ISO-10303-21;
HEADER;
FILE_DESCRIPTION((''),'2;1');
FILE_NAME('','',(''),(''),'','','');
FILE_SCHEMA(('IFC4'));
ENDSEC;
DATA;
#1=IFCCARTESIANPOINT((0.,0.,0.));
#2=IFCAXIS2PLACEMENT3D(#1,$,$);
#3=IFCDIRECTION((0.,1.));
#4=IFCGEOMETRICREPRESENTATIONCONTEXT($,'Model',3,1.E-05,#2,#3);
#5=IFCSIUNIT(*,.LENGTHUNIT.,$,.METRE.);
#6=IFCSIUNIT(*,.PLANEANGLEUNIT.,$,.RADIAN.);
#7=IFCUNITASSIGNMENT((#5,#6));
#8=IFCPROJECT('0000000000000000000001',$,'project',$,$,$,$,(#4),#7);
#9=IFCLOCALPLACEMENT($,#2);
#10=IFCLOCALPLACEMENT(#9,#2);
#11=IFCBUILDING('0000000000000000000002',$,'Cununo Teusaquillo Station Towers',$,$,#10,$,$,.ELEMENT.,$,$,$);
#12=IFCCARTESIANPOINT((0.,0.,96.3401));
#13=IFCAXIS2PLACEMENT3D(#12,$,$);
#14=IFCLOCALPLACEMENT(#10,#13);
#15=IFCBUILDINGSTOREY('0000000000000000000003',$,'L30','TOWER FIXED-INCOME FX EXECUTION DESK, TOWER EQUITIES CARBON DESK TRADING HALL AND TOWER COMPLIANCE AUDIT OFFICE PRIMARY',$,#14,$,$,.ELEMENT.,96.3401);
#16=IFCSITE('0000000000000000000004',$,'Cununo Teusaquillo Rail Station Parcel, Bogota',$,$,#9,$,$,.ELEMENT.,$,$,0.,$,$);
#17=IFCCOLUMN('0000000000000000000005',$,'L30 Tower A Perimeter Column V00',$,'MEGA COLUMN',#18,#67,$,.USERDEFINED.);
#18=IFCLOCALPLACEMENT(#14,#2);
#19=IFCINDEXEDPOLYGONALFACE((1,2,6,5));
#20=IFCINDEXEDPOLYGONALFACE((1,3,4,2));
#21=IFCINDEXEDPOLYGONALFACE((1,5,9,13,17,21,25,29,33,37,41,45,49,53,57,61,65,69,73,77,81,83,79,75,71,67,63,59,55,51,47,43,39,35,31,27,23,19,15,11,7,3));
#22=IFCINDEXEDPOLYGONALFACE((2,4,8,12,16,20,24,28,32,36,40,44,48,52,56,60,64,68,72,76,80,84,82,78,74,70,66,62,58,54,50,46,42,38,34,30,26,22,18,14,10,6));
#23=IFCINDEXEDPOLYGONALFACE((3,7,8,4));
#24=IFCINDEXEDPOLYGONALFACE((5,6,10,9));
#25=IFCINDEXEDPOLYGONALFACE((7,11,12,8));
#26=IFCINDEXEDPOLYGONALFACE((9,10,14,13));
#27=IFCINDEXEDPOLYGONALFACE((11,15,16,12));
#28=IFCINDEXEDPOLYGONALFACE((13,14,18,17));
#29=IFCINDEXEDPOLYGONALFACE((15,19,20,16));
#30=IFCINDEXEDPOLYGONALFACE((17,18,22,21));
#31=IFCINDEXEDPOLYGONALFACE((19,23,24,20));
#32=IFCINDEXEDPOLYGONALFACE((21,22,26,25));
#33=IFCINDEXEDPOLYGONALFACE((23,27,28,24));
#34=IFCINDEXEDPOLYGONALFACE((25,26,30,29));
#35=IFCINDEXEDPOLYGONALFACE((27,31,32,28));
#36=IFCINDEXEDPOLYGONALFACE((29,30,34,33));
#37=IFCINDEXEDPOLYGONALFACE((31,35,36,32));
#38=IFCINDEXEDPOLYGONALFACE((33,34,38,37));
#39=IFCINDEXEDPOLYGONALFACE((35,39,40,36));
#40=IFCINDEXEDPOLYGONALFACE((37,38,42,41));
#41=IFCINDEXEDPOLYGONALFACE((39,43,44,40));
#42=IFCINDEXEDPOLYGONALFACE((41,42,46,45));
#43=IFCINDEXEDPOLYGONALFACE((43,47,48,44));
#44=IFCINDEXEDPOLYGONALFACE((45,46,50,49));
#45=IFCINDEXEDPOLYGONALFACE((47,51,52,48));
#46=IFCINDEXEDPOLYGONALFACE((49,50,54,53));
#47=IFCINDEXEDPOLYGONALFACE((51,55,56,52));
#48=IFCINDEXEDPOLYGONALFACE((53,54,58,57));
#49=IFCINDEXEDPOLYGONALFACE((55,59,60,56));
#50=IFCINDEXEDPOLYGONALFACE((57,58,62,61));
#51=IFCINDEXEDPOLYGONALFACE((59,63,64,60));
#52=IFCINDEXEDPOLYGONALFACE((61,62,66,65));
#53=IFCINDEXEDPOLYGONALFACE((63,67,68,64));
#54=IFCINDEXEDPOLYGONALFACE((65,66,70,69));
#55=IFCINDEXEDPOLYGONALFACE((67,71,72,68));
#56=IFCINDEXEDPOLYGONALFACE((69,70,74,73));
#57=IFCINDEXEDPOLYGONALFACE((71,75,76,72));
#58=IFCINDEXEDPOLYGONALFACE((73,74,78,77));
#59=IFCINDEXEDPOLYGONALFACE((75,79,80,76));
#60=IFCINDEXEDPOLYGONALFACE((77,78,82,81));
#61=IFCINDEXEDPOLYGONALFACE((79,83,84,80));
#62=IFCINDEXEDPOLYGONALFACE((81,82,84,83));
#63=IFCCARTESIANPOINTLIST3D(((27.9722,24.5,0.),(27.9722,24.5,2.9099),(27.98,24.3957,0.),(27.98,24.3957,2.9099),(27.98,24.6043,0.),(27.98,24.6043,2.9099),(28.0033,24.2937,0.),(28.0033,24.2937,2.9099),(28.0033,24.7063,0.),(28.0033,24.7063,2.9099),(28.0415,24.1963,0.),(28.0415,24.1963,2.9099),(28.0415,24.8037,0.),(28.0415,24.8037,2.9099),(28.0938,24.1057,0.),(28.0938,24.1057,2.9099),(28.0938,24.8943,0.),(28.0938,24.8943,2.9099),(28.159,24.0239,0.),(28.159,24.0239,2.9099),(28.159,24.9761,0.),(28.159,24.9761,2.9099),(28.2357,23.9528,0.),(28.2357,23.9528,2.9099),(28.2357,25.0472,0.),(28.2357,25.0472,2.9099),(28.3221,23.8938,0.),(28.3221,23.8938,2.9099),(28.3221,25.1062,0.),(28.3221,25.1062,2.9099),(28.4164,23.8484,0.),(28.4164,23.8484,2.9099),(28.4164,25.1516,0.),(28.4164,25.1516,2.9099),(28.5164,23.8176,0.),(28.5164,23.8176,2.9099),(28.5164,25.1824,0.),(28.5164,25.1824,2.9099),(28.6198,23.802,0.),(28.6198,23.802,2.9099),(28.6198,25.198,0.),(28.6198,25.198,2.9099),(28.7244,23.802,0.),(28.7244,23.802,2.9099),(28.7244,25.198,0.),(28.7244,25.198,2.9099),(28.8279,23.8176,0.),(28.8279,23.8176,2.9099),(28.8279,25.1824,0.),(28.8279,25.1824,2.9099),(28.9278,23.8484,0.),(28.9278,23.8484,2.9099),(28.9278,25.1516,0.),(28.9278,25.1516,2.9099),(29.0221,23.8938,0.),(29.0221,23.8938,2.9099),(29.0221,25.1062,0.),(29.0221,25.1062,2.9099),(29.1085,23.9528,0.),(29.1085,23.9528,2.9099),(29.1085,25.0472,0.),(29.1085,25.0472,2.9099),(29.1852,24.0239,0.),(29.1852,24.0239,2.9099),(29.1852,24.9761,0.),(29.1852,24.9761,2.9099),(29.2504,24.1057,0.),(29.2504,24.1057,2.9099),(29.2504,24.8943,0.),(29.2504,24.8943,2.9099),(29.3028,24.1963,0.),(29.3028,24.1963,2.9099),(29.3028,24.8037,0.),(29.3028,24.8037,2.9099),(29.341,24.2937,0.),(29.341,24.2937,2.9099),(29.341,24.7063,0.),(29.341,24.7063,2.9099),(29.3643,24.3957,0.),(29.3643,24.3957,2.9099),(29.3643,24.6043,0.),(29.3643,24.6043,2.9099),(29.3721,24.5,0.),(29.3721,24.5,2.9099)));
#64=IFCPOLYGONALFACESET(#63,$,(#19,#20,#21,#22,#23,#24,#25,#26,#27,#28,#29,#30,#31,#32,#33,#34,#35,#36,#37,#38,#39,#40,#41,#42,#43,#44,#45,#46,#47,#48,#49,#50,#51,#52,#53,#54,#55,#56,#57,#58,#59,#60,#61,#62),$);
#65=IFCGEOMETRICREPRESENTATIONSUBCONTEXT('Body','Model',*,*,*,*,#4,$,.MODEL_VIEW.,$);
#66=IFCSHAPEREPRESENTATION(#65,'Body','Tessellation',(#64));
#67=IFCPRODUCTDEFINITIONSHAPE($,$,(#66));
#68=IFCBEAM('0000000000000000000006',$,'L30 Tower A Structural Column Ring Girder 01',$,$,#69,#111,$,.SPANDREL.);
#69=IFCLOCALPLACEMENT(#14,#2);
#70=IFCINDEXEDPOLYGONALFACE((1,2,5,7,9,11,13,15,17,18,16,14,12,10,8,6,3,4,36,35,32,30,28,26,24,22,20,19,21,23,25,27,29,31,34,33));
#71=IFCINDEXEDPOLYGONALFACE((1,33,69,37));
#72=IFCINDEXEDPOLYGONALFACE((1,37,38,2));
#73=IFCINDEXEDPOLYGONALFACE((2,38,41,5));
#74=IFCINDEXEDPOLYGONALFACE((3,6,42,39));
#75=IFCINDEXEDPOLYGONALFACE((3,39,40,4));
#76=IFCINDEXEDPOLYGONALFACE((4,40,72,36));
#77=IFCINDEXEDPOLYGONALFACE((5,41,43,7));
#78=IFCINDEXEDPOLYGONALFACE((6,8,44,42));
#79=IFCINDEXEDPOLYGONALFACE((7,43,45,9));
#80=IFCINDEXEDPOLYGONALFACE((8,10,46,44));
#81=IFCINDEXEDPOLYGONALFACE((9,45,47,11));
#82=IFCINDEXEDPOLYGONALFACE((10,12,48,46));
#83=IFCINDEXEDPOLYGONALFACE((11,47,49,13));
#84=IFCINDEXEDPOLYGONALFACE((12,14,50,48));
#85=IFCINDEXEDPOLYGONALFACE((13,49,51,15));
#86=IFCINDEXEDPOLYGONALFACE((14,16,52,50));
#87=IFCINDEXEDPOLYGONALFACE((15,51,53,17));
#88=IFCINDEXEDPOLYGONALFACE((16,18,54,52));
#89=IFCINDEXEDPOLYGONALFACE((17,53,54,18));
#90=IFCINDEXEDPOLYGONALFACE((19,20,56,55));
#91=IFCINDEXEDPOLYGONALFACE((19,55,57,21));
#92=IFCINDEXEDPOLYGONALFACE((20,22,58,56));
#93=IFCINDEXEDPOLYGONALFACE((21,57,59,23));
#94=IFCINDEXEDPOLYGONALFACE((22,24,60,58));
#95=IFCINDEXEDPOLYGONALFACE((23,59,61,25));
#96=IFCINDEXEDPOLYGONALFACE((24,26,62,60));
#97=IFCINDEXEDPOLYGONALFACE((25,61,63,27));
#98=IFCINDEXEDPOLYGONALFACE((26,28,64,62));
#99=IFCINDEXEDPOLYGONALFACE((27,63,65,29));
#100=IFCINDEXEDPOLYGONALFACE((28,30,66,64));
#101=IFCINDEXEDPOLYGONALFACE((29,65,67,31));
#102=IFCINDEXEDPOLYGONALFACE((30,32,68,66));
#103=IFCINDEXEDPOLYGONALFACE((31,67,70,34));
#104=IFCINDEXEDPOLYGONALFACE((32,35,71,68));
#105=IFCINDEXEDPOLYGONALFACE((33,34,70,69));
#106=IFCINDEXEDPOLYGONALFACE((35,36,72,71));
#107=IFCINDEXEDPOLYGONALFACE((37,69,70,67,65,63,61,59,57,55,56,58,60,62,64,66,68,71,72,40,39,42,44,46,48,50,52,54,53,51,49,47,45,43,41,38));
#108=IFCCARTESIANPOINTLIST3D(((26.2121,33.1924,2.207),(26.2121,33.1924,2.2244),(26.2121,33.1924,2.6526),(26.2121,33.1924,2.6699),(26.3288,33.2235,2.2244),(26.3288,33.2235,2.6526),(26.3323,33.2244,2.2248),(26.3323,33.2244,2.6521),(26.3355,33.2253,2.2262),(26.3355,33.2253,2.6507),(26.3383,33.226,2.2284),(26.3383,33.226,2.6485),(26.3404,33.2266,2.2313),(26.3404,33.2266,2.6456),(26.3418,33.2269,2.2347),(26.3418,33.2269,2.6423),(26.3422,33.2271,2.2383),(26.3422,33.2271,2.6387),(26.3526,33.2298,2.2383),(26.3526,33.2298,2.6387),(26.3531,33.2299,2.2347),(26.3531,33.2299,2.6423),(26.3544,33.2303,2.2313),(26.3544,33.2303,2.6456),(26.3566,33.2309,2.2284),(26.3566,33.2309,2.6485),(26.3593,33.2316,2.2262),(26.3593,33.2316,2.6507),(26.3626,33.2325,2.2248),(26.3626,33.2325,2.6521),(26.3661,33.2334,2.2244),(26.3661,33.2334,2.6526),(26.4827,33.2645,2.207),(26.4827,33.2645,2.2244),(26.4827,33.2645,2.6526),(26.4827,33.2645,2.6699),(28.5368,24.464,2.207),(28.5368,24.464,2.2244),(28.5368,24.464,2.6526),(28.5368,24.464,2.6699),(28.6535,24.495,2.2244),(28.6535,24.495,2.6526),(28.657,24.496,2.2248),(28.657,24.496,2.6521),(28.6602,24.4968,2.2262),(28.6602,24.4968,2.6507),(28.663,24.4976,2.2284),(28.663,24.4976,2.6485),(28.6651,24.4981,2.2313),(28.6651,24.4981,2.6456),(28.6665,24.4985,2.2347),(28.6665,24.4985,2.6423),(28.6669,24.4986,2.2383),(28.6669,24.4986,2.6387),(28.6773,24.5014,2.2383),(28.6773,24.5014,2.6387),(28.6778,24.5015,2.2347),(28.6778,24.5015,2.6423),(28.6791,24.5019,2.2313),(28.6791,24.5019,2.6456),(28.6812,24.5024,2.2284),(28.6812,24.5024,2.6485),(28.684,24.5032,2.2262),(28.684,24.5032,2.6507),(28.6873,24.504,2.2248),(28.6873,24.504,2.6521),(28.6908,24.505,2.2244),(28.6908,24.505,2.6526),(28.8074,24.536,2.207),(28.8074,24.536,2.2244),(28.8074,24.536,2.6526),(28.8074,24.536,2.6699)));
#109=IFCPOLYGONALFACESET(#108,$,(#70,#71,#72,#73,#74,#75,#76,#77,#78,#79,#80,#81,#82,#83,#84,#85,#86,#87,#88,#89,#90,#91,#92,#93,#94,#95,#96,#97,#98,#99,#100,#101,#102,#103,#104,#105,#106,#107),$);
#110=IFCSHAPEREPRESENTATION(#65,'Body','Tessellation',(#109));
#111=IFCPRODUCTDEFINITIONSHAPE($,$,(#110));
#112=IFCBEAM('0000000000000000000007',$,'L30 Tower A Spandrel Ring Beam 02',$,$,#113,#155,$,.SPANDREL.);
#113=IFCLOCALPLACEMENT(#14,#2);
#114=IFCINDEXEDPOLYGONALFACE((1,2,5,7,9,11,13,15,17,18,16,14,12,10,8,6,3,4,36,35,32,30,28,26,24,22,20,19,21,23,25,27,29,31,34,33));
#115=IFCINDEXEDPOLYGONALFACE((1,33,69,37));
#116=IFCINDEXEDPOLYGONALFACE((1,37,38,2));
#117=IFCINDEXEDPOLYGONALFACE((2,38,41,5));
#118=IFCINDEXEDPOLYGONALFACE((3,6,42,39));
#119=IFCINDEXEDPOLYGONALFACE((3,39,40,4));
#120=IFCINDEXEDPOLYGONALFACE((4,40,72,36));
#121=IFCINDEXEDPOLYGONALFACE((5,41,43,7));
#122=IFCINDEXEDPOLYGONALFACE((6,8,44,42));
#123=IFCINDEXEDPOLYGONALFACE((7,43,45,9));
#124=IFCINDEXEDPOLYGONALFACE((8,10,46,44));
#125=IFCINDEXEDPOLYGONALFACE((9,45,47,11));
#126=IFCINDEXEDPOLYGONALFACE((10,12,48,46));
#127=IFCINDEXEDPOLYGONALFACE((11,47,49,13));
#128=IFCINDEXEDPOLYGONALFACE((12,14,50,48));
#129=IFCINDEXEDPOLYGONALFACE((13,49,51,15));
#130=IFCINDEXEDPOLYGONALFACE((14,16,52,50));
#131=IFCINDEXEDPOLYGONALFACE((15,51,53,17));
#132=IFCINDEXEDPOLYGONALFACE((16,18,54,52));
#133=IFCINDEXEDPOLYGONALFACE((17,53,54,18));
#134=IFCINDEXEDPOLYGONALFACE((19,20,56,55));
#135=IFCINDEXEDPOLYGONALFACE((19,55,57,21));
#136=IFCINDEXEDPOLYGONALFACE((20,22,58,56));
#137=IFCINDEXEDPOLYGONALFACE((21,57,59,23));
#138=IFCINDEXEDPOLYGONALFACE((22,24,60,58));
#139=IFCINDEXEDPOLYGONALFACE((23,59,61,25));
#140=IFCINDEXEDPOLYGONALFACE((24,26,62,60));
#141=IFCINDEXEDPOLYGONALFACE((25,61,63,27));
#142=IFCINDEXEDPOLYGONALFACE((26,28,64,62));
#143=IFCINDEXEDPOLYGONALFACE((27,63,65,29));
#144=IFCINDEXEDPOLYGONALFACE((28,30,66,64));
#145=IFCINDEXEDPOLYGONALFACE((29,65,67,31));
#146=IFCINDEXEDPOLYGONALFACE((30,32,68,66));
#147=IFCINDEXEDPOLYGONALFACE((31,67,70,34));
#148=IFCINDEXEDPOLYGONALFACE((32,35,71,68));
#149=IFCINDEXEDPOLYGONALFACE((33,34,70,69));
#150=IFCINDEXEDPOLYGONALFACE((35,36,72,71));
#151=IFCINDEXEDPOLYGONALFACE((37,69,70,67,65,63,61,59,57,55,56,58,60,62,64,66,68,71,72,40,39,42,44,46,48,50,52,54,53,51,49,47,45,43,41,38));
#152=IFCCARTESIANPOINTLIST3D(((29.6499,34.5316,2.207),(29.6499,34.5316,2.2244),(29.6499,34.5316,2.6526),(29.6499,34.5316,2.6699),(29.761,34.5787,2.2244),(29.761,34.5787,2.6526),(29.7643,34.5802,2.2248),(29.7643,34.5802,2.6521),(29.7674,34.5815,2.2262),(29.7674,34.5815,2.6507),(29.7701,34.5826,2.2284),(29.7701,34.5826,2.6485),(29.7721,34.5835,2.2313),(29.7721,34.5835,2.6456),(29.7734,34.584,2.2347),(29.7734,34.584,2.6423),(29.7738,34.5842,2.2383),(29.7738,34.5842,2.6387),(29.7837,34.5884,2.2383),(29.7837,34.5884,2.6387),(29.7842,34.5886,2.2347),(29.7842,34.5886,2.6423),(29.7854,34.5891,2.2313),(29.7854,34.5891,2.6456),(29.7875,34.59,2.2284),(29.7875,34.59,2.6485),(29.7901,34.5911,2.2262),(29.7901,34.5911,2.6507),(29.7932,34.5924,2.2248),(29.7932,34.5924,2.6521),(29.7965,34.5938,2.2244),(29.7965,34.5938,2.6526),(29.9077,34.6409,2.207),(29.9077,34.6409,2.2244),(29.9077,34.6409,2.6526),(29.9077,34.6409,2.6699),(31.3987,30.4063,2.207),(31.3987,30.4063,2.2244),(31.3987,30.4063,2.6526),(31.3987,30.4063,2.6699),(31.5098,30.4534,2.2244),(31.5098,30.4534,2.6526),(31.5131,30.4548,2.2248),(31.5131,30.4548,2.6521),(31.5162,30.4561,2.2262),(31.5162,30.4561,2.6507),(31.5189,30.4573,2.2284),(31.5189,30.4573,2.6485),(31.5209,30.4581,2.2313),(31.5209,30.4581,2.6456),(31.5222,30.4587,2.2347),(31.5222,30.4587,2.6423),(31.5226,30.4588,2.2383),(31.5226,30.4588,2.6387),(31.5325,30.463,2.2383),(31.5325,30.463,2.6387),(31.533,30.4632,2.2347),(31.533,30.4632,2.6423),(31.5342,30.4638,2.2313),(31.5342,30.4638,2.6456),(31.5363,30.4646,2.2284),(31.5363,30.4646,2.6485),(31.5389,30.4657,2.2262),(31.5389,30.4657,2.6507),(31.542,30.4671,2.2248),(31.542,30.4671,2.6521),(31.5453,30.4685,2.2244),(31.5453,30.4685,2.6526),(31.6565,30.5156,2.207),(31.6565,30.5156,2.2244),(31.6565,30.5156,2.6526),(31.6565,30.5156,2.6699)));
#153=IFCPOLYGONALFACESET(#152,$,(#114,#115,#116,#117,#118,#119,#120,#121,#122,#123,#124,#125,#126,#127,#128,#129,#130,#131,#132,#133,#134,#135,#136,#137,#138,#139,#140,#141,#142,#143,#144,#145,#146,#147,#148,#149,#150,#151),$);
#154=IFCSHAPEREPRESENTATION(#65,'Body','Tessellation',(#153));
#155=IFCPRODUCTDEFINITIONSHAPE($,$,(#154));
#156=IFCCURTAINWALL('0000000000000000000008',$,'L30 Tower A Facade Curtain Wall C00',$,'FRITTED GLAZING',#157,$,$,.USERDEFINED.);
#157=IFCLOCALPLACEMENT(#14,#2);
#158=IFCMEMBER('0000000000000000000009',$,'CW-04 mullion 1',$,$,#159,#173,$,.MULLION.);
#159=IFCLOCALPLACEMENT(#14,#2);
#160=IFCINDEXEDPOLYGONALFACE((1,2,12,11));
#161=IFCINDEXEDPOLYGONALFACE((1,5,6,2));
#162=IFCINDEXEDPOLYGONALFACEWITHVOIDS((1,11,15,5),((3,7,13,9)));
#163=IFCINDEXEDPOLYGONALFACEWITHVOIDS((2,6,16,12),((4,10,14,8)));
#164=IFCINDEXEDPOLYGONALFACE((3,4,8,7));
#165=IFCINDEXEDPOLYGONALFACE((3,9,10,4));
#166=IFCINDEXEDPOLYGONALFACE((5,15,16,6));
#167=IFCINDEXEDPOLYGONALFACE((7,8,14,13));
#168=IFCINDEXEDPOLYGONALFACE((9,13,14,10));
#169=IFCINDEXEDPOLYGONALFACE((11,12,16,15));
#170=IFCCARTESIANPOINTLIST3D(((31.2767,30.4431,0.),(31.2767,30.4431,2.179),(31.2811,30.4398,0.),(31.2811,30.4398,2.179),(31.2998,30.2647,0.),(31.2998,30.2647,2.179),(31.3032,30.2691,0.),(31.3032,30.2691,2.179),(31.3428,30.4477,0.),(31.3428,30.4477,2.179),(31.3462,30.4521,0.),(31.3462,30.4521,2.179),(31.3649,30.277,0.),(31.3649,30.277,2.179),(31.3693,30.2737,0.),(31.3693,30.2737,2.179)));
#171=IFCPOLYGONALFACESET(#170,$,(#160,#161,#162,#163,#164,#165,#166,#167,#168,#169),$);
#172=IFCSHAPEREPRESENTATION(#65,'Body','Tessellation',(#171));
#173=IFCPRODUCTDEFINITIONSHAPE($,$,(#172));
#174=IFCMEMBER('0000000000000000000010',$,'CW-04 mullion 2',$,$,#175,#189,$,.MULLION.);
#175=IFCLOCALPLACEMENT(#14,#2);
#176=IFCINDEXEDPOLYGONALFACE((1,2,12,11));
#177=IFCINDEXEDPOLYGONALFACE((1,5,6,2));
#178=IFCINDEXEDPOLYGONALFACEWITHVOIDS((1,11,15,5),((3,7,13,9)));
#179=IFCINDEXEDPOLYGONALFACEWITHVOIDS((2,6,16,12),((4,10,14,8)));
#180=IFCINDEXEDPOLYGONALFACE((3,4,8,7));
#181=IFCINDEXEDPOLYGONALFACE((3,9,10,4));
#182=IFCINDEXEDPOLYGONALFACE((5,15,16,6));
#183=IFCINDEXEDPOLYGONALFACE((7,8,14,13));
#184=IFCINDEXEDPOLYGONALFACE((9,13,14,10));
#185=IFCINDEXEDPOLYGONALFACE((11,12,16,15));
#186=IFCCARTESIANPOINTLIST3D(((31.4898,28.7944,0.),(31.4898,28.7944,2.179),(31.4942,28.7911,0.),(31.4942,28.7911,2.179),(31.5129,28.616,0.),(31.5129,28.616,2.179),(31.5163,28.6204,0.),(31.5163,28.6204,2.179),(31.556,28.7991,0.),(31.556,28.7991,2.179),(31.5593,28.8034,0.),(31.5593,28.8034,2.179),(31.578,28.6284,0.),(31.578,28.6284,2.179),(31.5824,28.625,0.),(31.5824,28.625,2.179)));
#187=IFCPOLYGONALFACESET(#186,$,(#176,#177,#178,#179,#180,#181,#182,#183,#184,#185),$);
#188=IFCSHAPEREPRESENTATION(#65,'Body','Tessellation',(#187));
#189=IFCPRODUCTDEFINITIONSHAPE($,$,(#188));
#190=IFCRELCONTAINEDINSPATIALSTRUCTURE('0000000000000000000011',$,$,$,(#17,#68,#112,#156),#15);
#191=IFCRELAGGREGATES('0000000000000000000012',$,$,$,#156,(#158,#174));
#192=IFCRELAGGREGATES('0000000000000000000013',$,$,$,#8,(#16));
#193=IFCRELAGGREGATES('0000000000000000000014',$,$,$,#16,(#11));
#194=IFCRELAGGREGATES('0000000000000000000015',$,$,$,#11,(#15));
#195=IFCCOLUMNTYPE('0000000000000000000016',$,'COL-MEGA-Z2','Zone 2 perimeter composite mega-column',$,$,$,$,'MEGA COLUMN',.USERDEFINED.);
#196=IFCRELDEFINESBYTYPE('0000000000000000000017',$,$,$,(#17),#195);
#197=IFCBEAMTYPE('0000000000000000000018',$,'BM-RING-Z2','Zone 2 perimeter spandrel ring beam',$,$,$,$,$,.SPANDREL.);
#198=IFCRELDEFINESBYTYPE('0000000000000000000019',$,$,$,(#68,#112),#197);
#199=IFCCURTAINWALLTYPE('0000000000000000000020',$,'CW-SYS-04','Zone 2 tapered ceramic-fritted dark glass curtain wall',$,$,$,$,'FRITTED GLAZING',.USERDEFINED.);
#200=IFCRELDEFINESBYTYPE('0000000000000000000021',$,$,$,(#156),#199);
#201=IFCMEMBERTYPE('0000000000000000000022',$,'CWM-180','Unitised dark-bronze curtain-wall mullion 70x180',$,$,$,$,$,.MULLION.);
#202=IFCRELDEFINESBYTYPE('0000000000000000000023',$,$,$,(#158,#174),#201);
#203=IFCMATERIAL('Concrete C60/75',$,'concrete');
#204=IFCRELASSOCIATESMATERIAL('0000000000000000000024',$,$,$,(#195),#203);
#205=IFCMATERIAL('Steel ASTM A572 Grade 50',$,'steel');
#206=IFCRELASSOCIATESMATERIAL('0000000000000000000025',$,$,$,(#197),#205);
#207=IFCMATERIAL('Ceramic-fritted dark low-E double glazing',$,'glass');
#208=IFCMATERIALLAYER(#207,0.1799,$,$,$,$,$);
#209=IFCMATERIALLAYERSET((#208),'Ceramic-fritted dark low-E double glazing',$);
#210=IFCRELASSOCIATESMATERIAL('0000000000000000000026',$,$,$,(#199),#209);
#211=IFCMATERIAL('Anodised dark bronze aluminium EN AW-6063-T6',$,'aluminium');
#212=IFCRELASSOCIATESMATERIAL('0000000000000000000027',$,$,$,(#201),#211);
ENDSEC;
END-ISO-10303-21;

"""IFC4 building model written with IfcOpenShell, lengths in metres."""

from ifc_helpers import new_model, si_unit, direction, frame, origin, origin_2d, place, context, subcontext, project, spatial, hollow_rectangle, circle, i_section, extrude, material, layer, layer_set, material_profile, profile_set, type_object, element, aggregate, save


model = new_model("IFC4")

# Units and contexts
model_context = context("Model", 3, precision=1e-05, world=origin(), true_north=direction((0.0, 1.0)))
body_context = subcontext(model_context, "Body", "Model", "MODEL_VIEW")
ifc_project = project(units=[si_unit("LENGTHUNIT", "METRE"), si_unit("PLANEANGLEUNIT", "RADIAN")], contexts=[model_context])

# Site, building, storey
site_placement = place(None, origin())
site = spatial("IfcSite", under=ifc_project, at=site_placement, Name="Cununo Teusaquillo Rail Station Parcel, Bogota", CompositionType="ELEMENT", RefElevation=0.0)
building_placement = place(site_placement, origin())
building = spatial("IfcBuilding", under=site, at=building_placement, Name="Cununo Teusaquillo Station Towers", CompositionType="ELEMENT")
storey_placement = place(building_placement, frame((0.0, 0.0, 96.3401)))
storey = spatial("IfcBuildingStorey", under=building, at=storey_placement, Name="L30", Description="TOWER FIXED-INCOME FX EXECUTION DESK, TOWER EQUITIES CARBON DESK TRADING HALL AND TOWER COMPLIANCE AUDIT OFFICE PRIMARY", CompositionType="ELEMENT", Elevation=96.3401)

# Column
ifc_material_1 = material(Name="Concrete C60/75", Category="concrete")
ifc_material_profile_1 = material_profile(ifc_material_1, circle(Radius=0.7, at=origin_2d()), Name="RC-CIRC-1400")
ifc_profile_set_1 = profile_set([ifc_material_profile_1], Name="Concrete C60/75")
column_type = type_object("IfcColumnType", Name="COL-MEGA-Z2", Description="Zone 2 perimeter composite mega-column", ElementType="MEGA COLUMN", PredefinedType="USERDEFINED", material=ifc_profile_set_1)
column_placement = place(storey_placement, frame((28.6721, 24.5, 0.0), z_axis=(0.0, 0.0, 1.0), x_axis=(1.0, 0.0, 0.0)))
element("IfcColumn", 1, at=column_placement, inside=storey, type_object=column_type, Name="L30 Tower A Perimeter Column V00", ObjectType="MEGA COLUMN", PredefinedType="USERDEFINED", context=body_context, shape_type="SweptSolid", body=[
    extrude(circle(Radius=0.7, at=origin_2d()), origin(), (0.0, 0.0, 1.0), 2.9099),
])

# Beams
ifc_material_2 = material(Name="Steel ASTM A572 Grade 50", Category="steel")
ifc_material_profile_2 = material_profile(ifc_material_2, i_section(OverallWidth=0.28, OverallDepth=0.4629, WebThickness=0.0107, FlangeThickness=0.0173, FilletRadius=0.0139, at=origin_2d()), Name="W18X76")
ifc_profile_set_2 = profile_set([ifc_material_profile_2], Name="Steel ASTM A572 Grade 50")
beam_type = type_object("IfcBeamType", Name="BM-RING-Z2", Description="Zone 2 perimeter spandrel ring beam", PredefinedType="SPANDREL", material=ifc_profile_set_2)
beam_1_placement = place(storey_placement, frame((28.6721, 24.5, 2.4385), z_axis=(-0.257363, 0.966315, 0.0), x_axis=(-0.966315, -0.257363, 0.0)))
element("IfcBeam", 2, at=beam_1_placement, inside=storey, type_object=beam_type, Name="L30 Tower A Structural Column Ring Girder 01", PredefinedType="SPANDREL", context=body_context, shape_type="SweptSolid", body=[
    extrude(i_section(OverallWidth=0.28, OverallDepth=0.4629, WebThickness=0.0107, FlangeThickness=0.0173, FilletRadius=0.0139, at=origin_2d()), origin(), (0.0, 0.0, 1.0), 9.0327),
])
beam_2_placement = place(storey_placement, frame((31.5276, 30.4609, 2.4385), z_axis=(-0.390299, 0.920688, 0.0), x_axis=(-0.920688, -0.390299, 0.0)))
element("IfcBeam", 3, at=beam_2_placement, inside=storey, type_object=beam_type, Name="L30 Tower A Spandrel Ring Beam 02", PredefinedType="SPANDREL", context=body_context, shape_type="SweptSolid", body=[
    extrude(i_section(OverallWidth=0.28, OverallDepth=0.4629, WebThickness=0.0107, FlangeThickness=0.0173, FilletRadius=0.0139, at=origin_2d()), origin(), (0.0, 0.0, 1.0), 4.4807),
])

# Curtain wall, members
ifc_material_3 = material(Name="Ceramic-fritted dark low-E double glazing", Category="glass")
ifc_layer_1 = layer(ifc_material_3, 0.1799)
ifc_layer_set_1 = layer_set([ifc_layer_1], Name="Ceramic-fritted dark low-E double glazing")
curtain_wall_type = type_object("IfcCurtainWallType", Name="CW-SYS-04", Description="Zone 2 tapered ceramic-fritted dark glass curtain wall", ElementType="FRITTED GLAZING", PredefinedType="USERDEFINED", material=ifc_layer_set_1)
curtain_wall_placement = place(storey_placement, origin())
curtain_wall = element("IfcCurtainWall", 4, at=curtain_wall_placement, inside=storey, type_object=curtain_wall_type, Name="L30 Tower A Facade Curtain Wall C00", ObjectType="FRITTED GLAZING", PredefinedType="USERDEFINED")
ifc_material_4 = material(Name="Anodised dark bronze aluminium EN AW-6063-T6", Category="aluminium")
ifc_material_profile_3 = material_profile(ifc_material_4, hollow_rectangle(XDim=0.0701, YDim=0.1799, WallThickness=0.0039, at=origin_2d()), Name="CW-MULL-70x180")
ifc_profile_set_3 = profile_set([ifc_material_profile_3], Name="Anodised dark bronze aluminium EN AW-6063-T6")
member_type_1 = type_object("IfcMemberType", Name="CWM-180", Description="Unitised dark-bronze curtain-wall mullion 70x180", PredefinedType="MULLION", material=ifc_profile_set_3)
member_1_placement = place(storey_placement, frame((31.323, 30.3584, 0.0), z_axis=(0.0, 0.0, 1.0), x_axis=(0.991731, 0.128336, 0.0)))
member_1 = element("IfcMember", 5, at=member_1_placement, type_object=member_type_1, Name="CW-04 mullion 1", PredefinedType="MULLION", context=body_context, shape_type="SweptSolid", body=[
    extrude(hollow_rectangle(XDim=0.0701, YDim=0.1799, WallThickness=0.0039, at=origin_2d()), origin(), (0.0, 0.0, 1.0), 2.179),
])
member_2_placement = place(storey_placement, frame((31.5361, 28.7097, 0.0), z_axis=(0.0, 0.0, 1.0), x_axis=(0.991731, 0.128336, 0.0)))
member_2 = element("IfcMember", 6, at=member_2_placement, type_object=member_type_1, Name="CW-04 mullion 2", PredefinedType="MULLION", context=body_context, shape_type="SweptSolid", body=[
    extrude(hollow_rectangle(XDim=0.0701, YDim=0.1799, WallThickness=0.0039, at=origin_2d()), origin(), (0.0, 0.0, 1.0), 2.179),
])
aggregate(curtain_wall, [member_1, member_2])

save(model, "model.ifc")
